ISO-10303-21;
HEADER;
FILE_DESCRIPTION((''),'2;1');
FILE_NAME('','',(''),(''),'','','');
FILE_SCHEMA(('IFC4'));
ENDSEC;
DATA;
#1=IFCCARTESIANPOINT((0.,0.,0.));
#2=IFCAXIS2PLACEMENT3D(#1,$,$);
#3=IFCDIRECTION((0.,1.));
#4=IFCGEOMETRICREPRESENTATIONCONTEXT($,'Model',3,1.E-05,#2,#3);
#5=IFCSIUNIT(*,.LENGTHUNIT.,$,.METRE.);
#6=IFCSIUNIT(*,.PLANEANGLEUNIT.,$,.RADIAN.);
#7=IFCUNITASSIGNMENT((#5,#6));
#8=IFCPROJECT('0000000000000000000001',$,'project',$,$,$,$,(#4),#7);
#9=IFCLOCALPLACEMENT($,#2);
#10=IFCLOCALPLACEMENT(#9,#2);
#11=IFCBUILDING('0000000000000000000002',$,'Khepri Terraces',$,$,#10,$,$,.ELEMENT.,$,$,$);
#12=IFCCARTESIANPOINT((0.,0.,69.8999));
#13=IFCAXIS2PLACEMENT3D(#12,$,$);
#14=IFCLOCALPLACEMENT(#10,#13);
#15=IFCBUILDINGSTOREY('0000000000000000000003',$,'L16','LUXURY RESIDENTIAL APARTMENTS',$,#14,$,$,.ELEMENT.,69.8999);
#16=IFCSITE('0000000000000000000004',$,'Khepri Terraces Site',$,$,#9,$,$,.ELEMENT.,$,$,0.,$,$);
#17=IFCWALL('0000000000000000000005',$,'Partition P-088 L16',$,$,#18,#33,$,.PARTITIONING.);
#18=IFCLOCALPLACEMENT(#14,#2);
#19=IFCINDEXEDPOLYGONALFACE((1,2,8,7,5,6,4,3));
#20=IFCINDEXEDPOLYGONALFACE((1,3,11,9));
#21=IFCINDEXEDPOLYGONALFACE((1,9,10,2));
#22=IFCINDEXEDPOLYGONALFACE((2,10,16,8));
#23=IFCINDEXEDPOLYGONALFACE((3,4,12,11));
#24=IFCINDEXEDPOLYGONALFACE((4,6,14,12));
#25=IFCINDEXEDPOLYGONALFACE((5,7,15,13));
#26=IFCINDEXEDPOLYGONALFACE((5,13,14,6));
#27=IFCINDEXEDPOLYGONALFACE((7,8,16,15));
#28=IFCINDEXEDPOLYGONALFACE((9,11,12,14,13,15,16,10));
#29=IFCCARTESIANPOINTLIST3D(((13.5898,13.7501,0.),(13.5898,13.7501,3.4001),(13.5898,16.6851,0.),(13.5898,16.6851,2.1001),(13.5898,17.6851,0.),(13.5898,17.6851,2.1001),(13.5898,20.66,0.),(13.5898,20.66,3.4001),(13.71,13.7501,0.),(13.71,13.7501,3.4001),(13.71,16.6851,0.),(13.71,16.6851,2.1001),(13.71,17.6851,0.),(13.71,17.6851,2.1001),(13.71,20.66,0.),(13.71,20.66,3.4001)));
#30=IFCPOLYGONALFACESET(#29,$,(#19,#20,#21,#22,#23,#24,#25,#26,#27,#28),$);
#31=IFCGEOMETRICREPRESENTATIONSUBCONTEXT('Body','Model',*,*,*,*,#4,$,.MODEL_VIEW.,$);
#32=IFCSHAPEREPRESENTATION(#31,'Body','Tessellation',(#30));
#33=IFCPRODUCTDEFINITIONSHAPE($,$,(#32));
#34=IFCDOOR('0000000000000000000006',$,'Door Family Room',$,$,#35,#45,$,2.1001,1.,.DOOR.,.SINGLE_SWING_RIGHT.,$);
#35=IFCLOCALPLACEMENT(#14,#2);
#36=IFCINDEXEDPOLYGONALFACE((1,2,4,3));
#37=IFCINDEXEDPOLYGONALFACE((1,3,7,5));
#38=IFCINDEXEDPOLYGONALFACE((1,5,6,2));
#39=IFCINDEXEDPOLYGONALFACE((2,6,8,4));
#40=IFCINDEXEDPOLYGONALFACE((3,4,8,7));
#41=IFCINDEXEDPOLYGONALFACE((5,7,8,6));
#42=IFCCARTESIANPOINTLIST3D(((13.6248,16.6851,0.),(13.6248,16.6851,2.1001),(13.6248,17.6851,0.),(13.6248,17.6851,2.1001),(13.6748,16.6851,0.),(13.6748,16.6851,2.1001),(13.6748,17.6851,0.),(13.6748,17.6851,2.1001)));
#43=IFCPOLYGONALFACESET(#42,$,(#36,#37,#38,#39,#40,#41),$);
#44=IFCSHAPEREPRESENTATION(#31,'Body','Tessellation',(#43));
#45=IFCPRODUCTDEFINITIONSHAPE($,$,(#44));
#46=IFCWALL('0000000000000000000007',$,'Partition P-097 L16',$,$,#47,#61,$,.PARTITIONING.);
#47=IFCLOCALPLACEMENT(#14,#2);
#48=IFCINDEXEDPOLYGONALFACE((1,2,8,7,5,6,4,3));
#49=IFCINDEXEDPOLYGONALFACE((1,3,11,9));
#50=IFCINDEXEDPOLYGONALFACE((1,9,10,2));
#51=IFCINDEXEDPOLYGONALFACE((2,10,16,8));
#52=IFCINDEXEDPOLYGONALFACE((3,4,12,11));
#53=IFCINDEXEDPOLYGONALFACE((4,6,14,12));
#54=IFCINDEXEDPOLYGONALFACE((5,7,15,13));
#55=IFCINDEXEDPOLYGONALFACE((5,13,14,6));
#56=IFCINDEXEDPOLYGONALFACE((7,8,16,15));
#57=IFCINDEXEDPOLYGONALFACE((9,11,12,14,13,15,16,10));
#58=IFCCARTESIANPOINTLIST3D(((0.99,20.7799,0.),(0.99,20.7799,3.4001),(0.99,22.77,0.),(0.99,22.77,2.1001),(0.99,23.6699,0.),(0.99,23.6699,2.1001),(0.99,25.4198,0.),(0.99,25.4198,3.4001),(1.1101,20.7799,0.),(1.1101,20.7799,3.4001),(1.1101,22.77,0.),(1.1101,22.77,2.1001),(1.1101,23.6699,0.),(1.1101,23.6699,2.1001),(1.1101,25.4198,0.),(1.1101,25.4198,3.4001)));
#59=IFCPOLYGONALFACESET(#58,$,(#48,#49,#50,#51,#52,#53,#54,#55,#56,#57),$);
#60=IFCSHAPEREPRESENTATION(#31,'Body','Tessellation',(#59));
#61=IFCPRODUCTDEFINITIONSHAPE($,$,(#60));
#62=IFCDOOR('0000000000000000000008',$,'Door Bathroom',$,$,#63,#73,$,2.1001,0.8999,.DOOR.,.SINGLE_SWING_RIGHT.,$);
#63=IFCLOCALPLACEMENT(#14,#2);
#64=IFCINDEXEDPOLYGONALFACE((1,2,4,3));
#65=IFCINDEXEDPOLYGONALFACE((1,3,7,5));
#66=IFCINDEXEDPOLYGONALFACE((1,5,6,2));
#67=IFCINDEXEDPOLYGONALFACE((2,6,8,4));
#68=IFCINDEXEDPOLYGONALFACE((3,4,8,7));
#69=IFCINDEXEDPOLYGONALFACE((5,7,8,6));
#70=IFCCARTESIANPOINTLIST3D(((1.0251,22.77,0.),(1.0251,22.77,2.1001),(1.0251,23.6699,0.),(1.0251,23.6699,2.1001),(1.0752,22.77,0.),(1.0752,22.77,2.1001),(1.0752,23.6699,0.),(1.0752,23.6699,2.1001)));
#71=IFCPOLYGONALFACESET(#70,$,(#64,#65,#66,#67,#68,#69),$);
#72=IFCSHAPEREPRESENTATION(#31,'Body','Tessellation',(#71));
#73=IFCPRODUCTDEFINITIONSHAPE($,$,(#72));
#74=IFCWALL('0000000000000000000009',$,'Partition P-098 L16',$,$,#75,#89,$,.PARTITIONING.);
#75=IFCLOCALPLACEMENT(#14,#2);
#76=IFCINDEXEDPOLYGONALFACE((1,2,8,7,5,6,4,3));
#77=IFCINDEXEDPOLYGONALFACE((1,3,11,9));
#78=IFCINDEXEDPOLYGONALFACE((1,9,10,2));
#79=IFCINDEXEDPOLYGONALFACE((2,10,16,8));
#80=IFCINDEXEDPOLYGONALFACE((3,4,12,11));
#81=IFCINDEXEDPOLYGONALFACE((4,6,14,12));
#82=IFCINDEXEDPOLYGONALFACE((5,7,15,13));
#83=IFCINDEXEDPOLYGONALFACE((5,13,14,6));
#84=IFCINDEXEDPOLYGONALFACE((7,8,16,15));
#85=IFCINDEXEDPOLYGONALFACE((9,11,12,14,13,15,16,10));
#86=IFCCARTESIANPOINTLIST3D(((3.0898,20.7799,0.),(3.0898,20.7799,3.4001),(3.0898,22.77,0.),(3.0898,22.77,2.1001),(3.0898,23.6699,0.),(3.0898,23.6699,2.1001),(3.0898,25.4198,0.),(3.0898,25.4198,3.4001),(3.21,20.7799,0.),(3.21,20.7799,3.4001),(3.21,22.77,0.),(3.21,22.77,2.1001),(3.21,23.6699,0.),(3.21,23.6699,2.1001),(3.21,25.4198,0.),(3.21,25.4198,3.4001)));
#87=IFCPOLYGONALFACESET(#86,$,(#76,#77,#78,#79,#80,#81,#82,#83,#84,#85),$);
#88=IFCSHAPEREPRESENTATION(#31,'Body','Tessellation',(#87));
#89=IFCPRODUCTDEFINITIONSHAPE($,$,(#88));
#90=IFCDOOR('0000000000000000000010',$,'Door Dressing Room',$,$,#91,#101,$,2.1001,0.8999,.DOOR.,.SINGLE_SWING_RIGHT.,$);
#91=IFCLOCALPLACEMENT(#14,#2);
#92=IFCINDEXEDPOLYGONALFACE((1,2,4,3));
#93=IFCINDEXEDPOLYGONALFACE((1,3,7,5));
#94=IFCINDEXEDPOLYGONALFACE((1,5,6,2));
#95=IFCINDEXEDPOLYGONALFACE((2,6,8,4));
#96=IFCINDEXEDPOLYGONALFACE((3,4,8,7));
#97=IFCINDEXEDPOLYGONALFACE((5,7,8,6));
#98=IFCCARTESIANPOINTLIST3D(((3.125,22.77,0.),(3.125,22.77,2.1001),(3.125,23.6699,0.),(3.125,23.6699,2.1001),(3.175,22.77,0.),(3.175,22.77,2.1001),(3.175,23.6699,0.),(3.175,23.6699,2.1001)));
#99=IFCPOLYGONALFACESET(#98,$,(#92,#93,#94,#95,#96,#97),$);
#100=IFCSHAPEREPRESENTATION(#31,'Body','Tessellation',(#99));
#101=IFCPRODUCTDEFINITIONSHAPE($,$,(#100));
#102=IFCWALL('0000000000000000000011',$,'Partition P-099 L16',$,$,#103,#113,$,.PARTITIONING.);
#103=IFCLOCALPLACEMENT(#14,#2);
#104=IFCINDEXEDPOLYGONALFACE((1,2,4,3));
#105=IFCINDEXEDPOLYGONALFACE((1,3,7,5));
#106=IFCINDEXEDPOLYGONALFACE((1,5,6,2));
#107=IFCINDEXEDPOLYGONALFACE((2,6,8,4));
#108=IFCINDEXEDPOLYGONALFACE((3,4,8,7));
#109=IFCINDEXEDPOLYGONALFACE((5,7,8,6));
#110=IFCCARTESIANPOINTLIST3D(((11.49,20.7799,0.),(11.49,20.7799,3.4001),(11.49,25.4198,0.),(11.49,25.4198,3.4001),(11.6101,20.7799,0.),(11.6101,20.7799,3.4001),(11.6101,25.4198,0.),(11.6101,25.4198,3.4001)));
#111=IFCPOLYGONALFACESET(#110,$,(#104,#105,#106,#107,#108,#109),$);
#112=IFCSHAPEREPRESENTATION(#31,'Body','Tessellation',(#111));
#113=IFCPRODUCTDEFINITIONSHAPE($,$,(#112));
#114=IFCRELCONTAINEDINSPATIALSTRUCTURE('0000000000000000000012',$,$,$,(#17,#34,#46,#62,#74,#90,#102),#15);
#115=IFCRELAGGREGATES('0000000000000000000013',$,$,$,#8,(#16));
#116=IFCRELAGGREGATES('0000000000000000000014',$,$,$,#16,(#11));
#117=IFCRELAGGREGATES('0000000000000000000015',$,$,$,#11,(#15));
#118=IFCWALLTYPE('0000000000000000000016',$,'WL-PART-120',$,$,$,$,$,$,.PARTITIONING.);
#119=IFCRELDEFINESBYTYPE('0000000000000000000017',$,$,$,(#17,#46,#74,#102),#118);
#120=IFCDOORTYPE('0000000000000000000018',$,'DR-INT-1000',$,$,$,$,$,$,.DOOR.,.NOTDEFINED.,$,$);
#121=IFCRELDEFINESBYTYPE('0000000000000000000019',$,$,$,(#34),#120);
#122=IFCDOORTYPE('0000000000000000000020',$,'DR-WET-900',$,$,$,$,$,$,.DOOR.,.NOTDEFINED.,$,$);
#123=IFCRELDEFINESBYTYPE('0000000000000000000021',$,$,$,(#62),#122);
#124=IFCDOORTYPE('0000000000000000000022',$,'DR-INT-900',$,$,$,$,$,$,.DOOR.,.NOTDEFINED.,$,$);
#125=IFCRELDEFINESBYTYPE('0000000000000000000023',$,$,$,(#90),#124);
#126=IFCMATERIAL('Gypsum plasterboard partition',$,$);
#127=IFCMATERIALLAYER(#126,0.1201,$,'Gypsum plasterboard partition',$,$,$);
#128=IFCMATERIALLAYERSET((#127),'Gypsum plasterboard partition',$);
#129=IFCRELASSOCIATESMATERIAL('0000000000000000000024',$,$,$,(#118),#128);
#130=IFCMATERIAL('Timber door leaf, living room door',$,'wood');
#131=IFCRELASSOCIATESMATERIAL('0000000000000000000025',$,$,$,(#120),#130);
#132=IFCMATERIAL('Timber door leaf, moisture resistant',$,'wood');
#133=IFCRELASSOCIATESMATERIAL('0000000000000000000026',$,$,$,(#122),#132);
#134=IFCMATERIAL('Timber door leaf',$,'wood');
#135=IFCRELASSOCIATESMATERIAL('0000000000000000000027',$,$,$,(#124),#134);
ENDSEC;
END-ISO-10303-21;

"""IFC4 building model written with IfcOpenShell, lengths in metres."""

from ifc_helpers import new_model, si_unit, direction, frame, frame_2d, origin, place, context, subcontext, project, spatial, rectangle, extrude, material, layer, layer_set, type_object, element, fill, save


model = new_model("IFC4")

# Units and contexts
model_context = context("Model", 3, precision=1e-05, world=origin(), true_north=direction((0.0, 1.0)))
body_context = subcontext(model_context, "Body", "Model", "MODEL_VIEW")
ifc_project = project(units=[si_unit("LENGTHUNIT", "METRE"), si_unit("PLANEANGLEUNIT", "RADIAN")], contexts=[model_context])

# Site, building, storey
site_placement = place(None, origin())
site = spatial("IfcSite", under=ifc_project, at=site_placement, Name="Khepri Terraces Site", CompositionType="ELEMENT", RefElevation=0.0)
building_placement = place(site_placement, origin())
building = spatial("IfcBuilding", under=site, at=building_placement, Name="Khepri Terraces", CompositionType="ELEMENT")
storey_placement = place(building_placement, frame((0.0, 0.0, 69.8999)))
storey = spatial("IfcBuildingStorey", under=building, at=storey_placement, Name="L16", Description="LUXURY RESIDENTIAL APARTMENTS", CompositionType="ELEMENT", Elevation=69.8999)

# Shared definitions
ifc_material_1 = material(Name="Gypsum plasterboard partition")
ifc_layer_1 = layer(ifc_material_1, 0.1201, Name="Gypsum plasterboard partition")
ifc_layer_set_1 = layer_set([ifc_layer_1], Name="Gypsum plasterboard partition")
wall_type_1 = type_object("IfcWallType", Name="WL-PART-120", PredefinedType="PARTITIONING", material=ifc_layer_set_1)

# Walls, openings, doors
wall_1_placement = place(storey_placement, frame((13.6499, 13.75, 0.0), z_axis=(0.0, 0.0, 1.0), x_axis=(0.0, 1.0, 0.0)))
wall_1 = element("IfcWall", 1, at=wall_1_placement, inside=storey, type_object=wall_type_1, Name="Partition P-088 L16", PredefinedType="PARTITIONING", context=body_context, shape_type="SweptSolid", body=[
    extrude(rectangle(XDim=6.9099, YDim=0.1201, at=frame_2d((3.4551, 0.0))), origin(), (0.0, 0.0, 1.0), 3.4001),
])
opening_1_placement = place(wall_1_placement, frame((2.9351, 0.0, 0.0)))
opening_1 = element("IfcOpeningElement", 2, at=opening_1_placement, cuts=wall_1, PredefinedType="OPENING", context=body_context, shape_type="SweptSolid", body=[
    extrude(rectangle(XDim=1.0, YDim=2.1001, at=frame_2d((0.5, 1.05))), frame((0.0, 0.0701, 0.0), z_axis=(0.0, -1.0, 0.0), x_axis=(1.0, 0.0, 0.0)), (0.0, 0.0, 1.0), 0.1401),
])
ifc_material_2 = material(Name="Timber door leaf, living room door", Category="wood")
door_type_1 = type_object("IfcDoorType", Name="DR-INT-1000", OperationType="NOTDEFINED", PredefinedType="DOOR", material=ifc_material_2)
door_1_placement = place(opening_1_placement, frame((1.0, 0.0, 0.0), z_axis=(0.0, 0.0, 1.0), x_axis=(-1.0, 0.0, 0.0)))
door_1 = element("IfcDoor", 3, at=door_1_placement, inside=storey, type_object=door_type_1, Name="Door Family Room", OperationType="SINGLE_SWING_RIGHT", OverallHeight=2.1001, OverallWidth=1.0, PredefinedType="DOOR", context=body_context, shape_type="SweptSolid", body=[
    extrude(rectangle(XDim=1.0, YDim=2.1001, at=frame_2d((0.5, 1.05))), frame((0.0, 0.0249, 0.0), z_axis=(0.0, -1.0, 0.0), x_axis=(1.0, 0.0, 0.0)), (0.0, 0.0, 1.0), 0.05),
])
fill(opening_1, door_1)
wall_2_placement = place(storey_placement, frame((1.05, 20.78, 0.0), z_axis=(0.0, 0.0, 1.0), x_axis=(0.0, 1.0, 0.0)))
wall_2 = element("IfcWall", 4, at=wall_2_placement, inside=storey, type_object=wall_type_1, Name="Partition P-097 L16", PredefinedType="PARTITIONING", context=body_context, shape_type="SweptSolid", body=[
    extrude(rectangle(XDim=4.6399, YDim=0.1201, at=frame_2d((2.3198, 0.0))), origin(), (0.0, 0.0, 1.0), 3.4001),
])
opening_2_placement = place(wall_2_placement, frame((1.99, 0.0, 0.0)))
opening_2 = element("IfcOpeningElement", 5, at=opening_2_placement, cuts=wall_2, PredefinedType="OPENING", context=body_context, shape_type="SweptSolid", body=[
    extrude(rectangle(XDim=0.8999, YDim=2.1001, at=frame_2d((0.45, 1.05))), frame((0.0, 0.0701, 0.0), z_axis=(0.0, -1.0, 0.0), x_axis=(1.0, 0.0, 0.0)), (0.0, 0.0, 1.0), 0.1401),
])
ifc_material_3 = material(Name="Timber door leaf, moisture resistant", Category="wood")
door_type_2 = type_object("IfcDoorType", Name="DR-WET-900", OperationType="NOTDEFINED", PredefinedType="DOOR", material=ifc_material_3)
door_2_placement = place(opening_2_placement, origin())
door_2 = element("IfcDoor", 6, at=door_2_placement, inside=storey, type_object=door_type_2, Name="Door Bathroom", OperationType="SINGLE_SWING_RIGHT", OverallHeight=2.1001, OverallWidth=0.8999, PredefinedType="DOOR", context=body_context, shape_type="SweptSolid", body=[
    extrude(rectangle(XDim=0.8999, YDim=2.1001, at=frame_2d((0.45, 1.05))), frame((0.0, 0.0249, 0.0), z_axis=(0.0, -1.0, 0.0), x_axis=(1.0, 0.0, 0.0)), (0.0, 0.0, 1.0), 0.05),
])
fill(opening_2, door_2)
wall_3_placement = place(storey_placement, frame((3.1499, 20.78, 0.0), z_axis=(0.0, 0.0, 1.0), x_axis=(0.0, 1.0, 0.0)))
wall_3 = element("IfcWall", 7, at=wall_3_placement, inside=storey, type_object=wall_type_1, Name="Partition P-098 L16", PredefinedType="PARTITIONING", context=body_context, shape_type="SweptSolid", body=[
    extrude(rectangle(XDim=4.6399, YDim=0.1201, at=frame_2d((2.3198, 0.0))), origin(), (0.0, 0.0, 1.0), 3.4001),
])
opening_3_placement = place(wall_3_placement, frame((1.99, 0.0, 0.0)))
opening_3 = element("IfcOpeningElement", 8, at=opening_3_placement, cuts=wall_3, PredefinedType="OPENING", context=body_context, shape_type="SweptSolid", body=[
    extrude(rectangle(XDim=0.8999, YDim=2.1001, at=frame_2d((0.45, 1.05))), frame((0.0, 0.0701, 0.0), z_axis=(0.0, -1.0, 0.0), x_axis=(1.0, 0.0, 0.0)), (0.0, 0.0, 1.0), 0.1401),
])
ifc_material_4 = material(Name="Timber door leaf", Category="wood")
door_type_3 = type_object("IfcDoorType", Name="DR-INT-900", OperationType="NOTDEFINED", PredefinedType="DOOR", material=ifc_material_4)
door_3_placement = place(opening_3_placement, origin())
door_3 = element("IfcDoor", 9, at=door_3_placement, inside=storey, type_object=door_type_3, Name="Door Dressing Room", OperationType="SINGLE_SWING_RIGHT", OverallHeight=2.1001, OverallWidth=0.8999, PredefinedType="DOOR", context=body_context, shape_type="SweptSolid", body=[
    extrude(rectangle(XDim=0.8999, YDim=2.1001, at=frame_2d((0.45, 1.05))), frame((0.0, 0.0249, 0.0), z_axis=(0.0, -1.0, 0.0), x_axis=(1.0, 0.0, 0.0)), (0.0, 0.0, 1.0), 0.05),
])
fill(opening_3, door_3)

# Wall
wall_4_placement = place(storey_placement, frame((11.55, 20.78, 0.0), z_axis=(0.0, 0.0, 1.0), x_axis=(0.0, 1.0, 0.0)))
element("IfcWall", 10, at=wall_4_placement, inside=storey, type_object=wall_type_1, Name="Partition P-099 L16", PredefinedType="PARTITIONING", context=body_context, shape_type="SweptSolid", body=[
    extrude(rectangle(XDim=4.6399, YDim=0.1201, at=frame_2d((2.3198, 0.0))), origin(), (0.0, 0.0, 1.0), 3.4001),
])

save(model, "model.ifc")
